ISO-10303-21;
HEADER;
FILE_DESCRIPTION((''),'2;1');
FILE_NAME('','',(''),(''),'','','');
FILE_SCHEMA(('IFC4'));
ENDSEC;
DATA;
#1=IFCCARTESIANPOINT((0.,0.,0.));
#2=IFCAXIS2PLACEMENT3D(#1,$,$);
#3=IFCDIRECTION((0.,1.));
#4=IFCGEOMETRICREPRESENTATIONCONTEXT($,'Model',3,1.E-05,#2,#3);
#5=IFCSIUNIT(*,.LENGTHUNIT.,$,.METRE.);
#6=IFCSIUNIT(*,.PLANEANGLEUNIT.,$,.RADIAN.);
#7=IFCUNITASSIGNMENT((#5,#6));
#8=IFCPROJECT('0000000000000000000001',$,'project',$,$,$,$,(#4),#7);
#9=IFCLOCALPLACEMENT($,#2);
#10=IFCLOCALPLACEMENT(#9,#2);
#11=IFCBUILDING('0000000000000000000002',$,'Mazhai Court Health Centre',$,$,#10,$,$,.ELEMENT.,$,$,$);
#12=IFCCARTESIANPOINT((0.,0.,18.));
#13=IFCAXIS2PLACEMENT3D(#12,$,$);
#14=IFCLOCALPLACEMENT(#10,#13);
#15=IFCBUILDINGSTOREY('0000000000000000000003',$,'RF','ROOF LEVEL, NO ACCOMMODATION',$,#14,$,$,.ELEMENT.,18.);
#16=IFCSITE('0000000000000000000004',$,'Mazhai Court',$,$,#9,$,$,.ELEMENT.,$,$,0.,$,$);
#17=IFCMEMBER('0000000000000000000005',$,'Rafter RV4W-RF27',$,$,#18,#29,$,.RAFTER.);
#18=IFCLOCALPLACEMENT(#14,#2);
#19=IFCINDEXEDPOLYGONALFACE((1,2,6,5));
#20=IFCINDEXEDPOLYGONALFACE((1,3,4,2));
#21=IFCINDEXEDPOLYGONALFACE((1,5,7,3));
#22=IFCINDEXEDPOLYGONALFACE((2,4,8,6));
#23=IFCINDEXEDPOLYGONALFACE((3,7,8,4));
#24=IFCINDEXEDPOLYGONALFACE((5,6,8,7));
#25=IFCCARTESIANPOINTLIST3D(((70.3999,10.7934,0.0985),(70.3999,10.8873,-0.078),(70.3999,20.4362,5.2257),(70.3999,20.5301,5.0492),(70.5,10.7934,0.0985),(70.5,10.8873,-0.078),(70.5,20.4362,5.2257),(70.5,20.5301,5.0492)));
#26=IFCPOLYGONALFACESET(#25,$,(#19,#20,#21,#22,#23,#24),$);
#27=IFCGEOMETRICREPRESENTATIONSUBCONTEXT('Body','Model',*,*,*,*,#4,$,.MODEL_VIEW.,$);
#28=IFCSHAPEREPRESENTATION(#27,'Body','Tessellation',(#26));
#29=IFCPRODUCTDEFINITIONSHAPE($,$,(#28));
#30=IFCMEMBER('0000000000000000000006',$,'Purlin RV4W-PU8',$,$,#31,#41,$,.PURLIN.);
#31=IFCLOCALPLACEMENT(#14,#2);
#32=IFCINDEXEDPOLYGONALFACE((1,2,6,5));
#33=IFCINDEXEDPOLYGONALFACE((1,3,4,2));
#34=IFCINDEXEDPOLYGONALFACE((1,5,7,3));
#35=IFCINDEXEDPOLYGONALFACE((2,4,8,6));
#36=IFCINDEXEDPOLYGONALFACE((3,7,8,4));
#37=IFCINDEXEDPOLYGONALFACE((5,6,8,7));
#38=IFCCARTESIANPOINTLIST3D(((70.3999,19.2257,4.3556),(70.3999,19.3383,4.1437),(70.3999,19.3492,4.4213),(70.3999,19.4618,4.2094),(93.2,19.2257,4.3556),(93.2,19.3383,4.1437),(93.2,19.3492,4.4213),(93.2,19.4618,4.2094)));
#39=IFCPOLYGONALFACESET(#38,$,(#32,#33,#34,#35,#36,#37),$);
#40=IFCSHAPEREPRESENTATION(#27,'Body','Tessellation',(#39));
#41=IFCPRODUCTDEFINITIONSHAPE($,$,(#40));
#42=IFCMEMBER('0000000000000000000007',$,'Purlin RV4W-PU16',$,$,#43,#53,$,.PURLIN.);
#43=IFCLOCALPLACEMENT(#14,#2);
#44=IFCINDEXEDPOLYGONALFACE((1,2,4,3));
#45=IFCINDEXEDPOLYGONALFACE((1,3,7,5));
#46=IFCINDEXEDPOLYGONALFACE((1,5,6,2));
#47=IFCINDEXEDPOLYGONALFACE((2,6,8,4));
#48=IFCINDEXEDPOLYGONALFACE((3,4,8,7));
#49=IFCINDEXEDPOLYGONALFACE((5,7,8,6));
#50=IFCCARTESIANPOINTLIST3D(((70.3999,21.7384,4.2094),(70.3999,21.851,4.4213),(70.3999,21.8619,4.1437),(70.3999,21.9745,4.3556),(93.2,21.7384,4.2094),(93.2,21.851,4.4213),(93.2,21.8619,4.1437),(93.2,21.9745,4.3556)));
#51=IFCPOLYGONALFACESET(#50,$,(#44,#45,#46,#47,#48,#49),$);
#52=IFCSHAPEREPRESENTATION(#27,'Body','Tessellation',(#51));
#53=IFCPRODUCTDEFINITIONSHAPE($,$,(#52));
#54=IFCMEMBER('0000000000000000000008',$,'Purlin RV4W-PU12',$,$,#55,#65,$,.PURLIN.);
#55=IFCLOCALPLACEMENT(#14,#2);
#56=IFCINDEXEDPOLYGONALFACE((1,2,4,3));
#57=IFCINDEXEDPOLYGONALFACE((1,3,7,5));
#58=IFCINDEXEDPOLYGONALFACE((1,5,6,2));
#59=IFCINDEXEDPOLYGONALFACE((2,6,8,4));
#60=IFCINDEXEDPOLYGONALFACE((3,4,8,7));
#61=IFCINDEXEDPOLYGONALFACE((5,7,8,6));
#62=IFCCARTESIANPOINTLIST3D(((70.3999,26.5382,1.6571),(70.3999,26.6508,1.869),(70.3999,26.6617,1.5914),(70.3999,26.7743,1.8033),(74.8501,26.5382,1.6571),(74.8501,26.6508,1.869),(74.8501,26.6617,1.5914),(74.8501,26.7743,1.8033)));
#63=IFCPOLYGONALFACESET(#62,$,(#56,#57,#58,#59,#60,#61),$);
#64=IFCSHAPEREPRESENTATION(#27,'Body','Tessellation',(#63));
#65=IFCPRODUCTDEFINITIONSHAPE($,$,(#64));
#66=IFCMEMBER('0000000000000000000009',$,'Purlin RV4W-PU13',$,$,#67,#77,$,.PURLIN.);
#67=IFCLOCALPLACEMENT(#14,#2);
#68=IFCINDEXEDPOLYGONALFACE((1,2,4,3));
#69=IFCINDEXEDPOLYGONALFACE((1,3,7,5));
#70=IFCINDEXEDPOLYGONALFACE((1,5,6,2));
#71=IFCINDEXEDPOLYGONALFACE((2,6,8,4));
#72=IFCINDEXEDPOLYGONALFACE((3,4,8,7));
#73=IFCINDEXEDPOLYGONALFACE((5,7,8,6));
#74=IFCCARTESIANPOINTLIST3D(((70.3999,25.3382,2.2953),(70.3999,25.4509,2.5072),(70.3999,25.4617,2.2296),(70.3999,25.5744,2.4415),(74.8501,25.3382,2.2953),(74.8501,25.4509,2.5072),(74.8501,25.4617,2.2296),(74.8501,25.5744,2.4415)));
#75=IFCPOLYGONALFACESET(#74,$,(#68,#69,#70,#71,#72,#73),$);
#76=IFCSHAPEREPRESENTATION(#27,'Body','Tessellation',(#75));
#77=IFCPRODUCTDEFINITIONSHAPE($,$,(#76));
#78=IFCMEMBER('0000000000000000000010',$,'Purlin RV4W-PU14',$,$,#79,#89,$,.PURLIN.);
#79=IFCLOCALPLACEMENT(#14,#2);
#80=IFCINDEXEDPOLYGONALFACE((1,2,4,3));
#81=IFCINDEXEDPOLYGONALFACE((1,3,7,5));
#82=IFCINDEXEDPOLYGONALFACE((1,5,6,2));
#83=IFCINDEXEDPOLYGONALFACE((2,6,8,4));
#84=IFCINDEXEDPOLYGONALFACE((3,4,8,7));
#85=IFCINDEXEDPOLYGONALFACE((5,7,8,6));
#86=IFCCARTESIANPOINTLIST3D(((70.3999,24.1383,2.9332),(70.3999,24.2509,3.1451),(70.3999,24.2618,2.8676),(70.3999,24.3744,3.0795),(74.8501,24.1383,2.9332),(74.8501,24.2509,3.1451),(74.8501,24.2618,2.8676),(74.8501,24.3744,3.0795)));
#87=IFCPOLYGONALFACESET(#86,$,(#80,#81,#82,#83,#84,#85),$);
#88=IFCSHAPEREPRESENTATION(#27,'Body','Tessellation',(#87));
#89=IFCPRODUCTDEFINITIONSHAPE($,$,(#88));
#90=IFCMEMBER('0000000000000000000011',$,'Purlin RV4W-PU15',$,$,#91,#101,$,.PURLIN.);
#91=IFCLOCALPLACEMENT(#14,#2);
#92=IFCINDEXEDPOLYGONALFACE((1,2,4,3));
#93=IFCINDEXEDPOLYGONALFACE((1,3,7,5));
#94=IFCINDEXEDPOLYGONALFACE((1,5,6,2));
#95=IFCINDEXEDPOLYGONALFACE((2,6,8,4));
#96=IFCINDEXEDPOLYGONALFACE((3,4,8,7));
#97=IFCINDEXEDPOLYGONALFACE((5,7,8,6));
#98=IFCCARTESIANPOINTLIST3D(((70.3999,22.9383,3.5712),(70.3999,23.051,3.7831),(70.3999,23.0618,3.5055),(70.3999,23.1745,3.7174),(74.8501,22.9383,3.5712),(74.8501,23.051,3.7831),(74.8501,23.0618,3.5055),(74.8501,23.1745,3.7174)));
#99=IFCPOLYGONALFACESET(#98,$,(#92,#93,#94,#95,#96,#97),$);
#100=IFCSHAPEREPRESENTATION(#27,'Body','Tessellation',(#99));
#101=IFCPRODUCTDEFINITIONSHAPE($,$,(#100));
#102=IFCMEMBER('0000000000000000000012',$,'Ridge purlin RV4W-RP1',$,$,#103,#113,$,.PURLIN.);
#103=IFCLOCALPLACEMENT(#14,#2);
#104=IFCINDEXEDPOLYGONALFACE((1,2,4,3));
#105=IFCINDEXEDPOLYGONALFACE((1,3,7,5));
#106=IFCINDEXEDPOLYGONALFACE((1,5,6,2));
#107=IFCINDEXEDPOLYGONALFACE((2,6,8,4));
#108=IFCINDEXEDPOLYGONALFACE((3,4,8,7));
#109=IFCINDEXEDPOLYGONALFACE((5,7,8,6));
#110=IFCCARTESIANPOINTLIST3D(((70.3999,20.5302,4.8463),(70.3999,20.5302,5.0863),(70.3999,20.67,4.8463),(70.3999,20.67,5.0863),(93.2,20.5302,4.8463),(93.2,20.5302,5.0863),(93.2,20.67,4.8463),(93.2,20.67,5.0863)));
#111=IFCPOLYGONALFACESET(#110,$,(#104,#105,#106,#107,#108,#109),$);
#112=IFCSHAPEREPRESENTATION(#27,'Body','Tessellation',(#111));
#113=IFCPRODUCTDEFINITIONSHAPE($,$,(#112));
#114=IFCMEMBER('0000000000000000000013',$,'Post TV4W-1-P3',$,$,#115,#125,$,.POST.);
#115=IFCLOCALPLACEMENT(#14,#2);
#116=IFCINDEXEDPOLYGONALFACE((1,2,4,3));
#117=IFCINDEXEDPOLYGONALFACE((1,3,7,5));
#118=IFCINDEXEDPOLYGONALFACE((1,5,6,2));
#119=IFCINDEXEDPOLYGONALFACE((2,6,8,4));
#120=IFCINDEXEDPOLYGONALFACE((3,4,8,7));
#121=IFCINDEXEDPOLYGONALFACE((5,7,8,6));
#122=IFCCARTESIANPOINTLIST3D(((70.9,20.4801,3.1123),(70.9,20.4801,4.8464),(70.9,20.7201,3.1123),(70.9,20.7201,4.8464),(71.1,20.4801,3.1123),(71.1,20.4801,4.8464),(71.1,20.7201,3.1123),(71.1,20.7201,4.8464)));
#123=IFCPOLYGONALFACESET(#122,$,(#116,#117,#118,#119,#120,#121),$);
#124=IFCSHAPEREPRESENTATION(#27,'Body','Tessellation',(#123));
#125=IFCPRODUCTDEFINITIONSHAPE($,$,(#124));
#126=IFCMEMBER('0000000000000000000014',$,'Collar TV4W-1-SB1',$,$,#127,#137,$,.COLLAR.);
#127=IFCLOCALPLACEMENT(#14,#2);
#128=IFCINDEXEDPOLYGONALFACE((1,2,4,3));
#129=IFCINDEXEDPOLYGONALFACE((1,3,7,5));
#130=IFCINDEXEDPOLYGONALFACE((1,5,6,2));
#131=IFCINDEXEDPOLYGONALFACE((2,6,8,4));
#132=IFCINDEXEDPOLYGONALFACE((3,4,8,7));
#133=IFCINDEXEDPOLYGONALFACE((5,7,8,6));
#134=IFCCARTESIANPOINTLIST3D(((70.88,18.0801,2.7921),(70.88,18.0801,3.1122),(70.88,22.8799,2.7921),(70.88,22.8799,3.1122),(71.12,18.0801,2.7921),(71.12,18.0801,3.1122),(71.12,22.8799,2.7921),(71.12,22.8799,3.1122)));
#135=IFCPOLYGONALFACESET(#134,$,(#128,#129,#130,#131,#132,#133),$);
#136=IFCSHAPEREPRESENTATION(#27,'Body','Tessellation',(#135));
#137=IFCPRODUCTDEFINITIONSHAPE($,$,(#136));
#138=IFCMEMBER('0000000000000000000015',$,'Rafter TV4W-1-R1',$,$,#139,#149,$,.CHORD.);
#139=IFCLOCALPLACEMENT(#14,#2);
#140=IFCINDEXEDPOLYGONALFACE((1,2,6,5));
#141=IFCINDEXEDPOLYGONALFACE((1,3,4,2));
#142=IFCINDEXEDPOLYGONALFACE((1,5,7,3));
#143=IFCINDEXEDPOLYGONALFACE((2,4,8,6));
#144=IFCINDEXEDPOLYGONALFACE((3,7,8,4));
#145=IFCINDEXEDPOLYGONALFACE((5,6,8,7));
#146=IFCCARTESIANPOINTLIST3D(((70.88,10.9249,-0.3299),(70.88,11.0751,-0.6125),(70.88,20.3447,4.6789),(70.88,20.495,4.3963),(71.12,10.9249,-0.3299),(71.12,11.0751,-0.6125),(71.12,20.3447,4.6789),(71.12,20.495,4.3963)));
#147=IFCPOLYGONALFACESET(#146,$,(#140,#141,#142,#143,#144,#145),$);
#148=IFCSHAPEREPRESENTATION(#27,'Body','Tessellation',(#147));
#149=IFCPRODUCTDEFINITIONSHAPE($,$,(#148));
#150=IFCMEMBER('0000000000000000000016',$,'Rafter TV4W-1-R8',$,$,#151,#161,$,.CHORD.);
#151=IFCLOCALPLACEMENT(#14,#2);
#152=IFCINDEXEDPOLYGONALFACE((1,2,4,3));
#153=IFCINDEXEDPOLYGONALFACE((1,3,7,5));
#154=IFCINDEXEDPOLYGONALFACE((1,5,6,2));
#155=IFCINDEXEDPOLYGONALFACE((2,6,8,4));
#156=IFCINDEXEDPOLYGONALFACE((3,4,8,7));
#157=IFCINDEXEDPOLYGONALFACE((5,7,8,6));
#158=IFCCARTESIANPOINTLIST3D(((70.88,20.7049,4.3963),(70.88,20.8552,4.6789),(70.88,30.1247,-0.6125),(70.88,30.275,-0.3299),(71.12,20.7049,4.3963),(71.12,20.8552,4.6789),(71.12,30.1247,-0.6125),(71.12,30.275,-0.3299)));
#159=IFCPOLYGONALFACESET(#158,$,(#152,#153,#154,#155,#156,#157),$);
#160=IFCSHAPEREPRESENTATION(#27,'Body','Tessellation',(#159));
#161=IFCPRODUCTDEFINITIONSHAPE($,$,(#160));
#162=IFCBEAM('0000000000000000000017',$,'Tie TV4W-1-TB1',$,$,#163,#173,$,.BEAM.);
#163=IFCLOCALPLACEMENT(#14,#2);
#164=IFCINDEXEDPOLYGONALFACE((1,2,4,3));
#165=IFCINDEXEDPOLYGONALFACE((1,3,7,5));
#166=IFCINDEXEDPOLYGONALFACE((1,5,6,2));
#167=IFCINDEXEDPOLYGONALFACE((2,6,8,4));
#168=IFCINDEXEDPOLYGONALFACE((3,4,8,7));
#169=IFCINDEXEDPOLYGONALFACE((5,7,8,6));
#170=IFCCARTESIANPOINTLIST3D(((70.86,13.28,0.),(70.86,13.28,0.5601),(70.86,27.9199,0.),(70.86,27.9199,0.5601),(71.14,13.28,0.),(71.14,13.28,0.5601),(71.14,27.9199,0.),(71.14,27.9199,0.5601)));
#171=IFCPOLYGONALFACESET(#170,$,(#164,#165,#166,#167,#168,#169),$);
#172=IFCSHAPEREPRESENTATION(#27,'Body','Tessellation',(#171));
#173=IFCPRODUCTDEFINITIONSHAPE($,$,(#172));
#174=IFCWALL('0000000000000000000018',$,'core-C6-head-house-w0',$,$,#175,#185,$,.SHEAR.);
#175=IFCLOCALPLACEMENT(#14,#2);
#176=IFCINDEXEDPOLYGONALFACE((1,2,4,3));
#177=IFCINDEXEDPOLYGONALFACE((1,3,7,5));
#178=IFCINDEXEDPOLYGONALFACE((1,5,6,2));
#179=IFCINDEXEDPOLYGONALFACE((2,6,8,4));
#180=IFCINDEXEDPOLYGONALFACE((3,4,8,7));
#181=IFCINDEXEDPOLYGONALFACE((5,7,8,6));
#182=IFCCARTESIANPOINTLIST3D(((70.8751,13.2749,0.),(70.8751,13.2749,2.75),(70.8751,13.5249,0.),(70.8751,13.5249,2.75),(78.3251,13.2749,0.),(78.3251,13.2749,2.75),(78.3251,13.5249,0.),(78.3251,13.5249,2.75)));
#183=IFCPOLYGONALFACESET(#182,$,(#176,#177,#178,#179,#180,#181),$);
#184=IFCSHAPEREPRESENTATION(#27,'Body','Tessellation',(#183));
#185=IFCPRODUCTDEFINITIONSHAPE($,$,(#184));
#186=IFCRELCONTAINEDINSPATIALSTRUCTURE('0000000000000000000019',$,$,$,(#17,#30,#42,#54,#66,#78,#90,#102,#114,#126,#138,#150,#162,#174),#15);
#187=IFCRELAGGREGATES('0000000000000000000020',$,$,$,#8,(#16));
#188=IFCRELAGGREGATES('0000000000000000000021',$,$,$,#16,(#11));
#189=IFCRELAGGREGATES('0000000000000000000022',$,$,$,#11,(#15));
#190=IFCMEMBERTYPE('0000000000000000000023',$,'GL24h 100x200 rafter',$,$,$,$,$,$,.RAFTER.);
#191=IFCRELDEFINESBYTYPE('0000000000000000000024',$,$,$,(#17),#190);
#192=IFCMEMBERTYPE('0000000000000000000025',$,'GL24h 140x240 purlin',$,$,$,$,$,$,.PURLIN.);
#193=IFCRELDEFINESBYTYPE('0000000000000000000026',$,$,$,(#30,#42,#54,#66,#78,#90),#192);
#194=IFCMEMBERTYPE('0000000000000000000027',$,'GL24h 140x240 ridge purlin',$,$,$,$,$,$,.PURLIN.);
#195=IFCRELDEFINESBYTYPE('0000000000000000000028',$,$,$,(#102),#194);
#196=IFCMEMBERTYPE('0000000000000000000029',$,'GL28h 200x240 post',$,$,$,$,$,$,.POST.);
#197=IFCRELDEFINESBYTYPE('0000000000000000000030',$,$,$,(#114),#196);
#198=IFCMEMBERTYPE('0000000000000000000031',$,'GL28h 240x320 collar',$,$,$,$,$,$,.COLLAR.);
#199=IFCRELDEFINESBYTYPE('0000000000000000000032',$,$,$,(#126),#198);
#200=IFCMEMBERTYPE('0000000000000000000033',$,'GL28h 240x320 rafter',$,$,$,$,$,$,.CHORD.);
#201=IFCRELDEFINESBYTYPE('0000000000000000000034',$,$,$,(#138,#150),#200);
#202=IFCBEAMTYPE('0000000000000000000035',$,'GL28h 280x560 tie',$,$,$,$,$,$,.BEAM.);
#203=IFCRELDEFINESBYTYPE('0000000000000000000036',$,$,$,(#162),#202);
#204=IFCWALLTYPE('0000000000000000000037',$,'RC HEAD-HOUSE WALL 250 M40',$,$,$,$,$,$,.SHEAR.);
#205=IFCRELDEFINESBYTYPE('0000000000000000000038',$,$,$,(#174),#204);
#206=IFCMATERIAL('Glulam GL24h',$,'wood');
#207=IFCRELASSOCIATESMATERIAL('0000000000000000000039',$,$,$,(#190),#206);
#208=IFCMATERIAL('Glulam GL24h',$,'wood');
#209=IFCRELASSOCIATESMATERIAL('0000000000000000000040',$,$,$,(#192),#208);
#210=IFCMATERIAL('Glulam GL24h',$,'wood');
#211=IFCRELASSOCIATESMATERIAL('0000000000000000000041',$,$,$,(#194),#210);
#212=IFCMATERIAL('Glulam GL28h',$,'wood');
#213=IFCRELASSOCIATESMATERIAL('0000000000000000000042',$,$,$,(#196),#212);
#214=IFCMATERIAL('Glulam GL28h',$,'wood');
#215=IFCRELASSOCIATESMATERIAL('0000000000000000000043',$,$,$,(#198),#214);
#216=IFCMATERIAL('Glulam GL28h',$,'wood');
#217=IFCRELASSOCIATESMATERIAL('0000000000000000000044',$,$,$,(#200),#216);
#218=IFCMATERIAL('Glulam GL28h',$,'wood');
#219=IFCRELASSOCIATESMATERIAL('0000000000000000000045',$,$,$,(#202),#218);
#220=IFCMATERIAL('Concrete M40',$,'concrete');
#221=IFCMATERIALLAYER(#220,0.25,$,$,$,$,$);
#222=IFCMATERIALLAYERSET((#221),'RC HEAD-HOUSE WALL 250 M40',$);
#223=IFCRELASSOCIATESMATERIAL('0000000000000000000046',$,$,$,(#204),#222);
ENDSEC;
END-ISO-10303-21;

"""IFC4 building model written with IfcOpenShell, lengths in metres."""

from ifc_helpers import new_model, si_unit, direction, frame, frame_2d, origin, origin_2d, place, context, subcontext, project, spatial, rectangle, extrude, material, layer, layer_set, material_profile, profile_set, type_object, element, save


model = new_model("IFC4")

# Units and contexts
model_context = context("Model", 3, precision=1e-05, world=origin(), true_north=direction((0.0, 1.0)))
body_context = subcontext(model_context, "Body", "Model", "MODEL_VIEW")
ifc_project = project(units=[si_unit("LENGTHUNIT", "METRE"), si_unit("PLANEANGLEUNIT", "RADIAN")], contexts=[model_context])

# Site, building, storey
site_placement = place(None, origin())
site = spatial("IfcSite", under=ifc_project, at=site_placement, Name="Mazhai Court", CompositionType="ELEMENT", RefElevation=0.0)
building_placement = place(site_placement, origin())
building = spatial("IfcBuilding", under=site, at=building_placement, Name="Mazhai Court Health Centre", CompositionType="ELEMENT")
storey_placement = place(building_placement, frame((0.0, 0.0, 18.0)))
storey = spatial("IfcBuildingStorey", under=building, at=storey_placement, Name="RF", Description="ROOF LEVEL, NO ACCOMMODATION", CompositionType="ELEMENT", Elevation=18.0)

# Members
ifc_material_1 = material(Name="Glulam GL24h", Category="wood")
ifc_material_profile_1 = material_profile(ifc_material_1, rectangle(XDim=0.1001, YDim=0.2, at=origin_2d()), Name="GL24h 100x200")
ifc_profile_set_1 = profile_set([ifc_material_profile_1], Name="Glulam GL24h")
member_type_1 = type_object("IfcMemberType", Name="GL24h 100x200 rafter", PredefinedType="RAFTER", material=ifc_profile_set_1)
member_1_placement = place(storey_placement, frame((70.45, 10.8403, 0.0103), z_axis=(0.0, 0.882947, 0.469473), x_axis=(-1.0, 0.0, 0.0)))
element("IfcMember", 1, at=member_1_placement, inside=storey, type_object=member_type_1, Name="Rafter RV4W-RF27", PredefinedType="RAFTER", context=body_context, shape_type="SweptSolid", body=[
    extrude(rectangle(XDim=0.1001, YDim=0.2, at=origin_2d()), origin(), (0.0, 0.0, 1.0), 10.9211),
])
ifc_material_2 = material(Name="Glulam GL24h", Category="wood")
ifc_material_profile_2 = material_profile(ifc_material_2, rectangle(XDim=0.1399, YDim=0.24, at=origin_2d()), Name="GL24h 140x240")
ifc_profile_set_2 = profile_set([ifc_material_profile_2], Name="Glulam GL24h")
member_type_2 = type_object("IfcMemberType", Name="GL24h 140x240 purlin", PredefinedType="PURLIN", material=ifc_profile_set_2)
for number, where, z_axis, x_axis, name in (
    (2, (70.3999, 19.3438, 4.2825), (1.0, 0.0, 0.0), (0.0, 0.882948, 0.469472), "Purlin RV4W-PU8"),
    (3, (70.3999, 21.8564, 4.2825), (1.0, 0.0, 0.0), (0.0, 0.882948, -0.469472), "Purlin RV4W-PU16"),
):
    element("IfcMember", number, at=place(storey_placement, frame(where, z_axis=z_axis, x_axis=x_axis)), inside=storey, type_object=member_type_2, Name=name, PredefinedType="PURLIN", context=body_context, shape_type="SweptSolid", body=[
        extrude(rectangle(XDim=0.1399, YDim=0.24, at=origin_2d()), origin(), (0.0, 0.0, 1.0), 22.8),
    ])
for number, where, z_axis, x_axis, name in (
    (4, (70.3999, 26.6562, 1.7302), (1.0, 0.0, 0.0), (0.0, 0.882948, -0.469472), "Purlin RV4W-PU12"),
    (5, (70.3999, 25.4563, 2.3684), (1.0, 0.0, 0.0), (0.0, 0.882948, -0.469472), "Purlin RV4W-PU13"),
    (6, (70.3999, 24.2563, 3.0063), (1.0, 0.0, 0.0), (0.0, 0.882948, -0.469472), "Purlin RV4W-PU14"),
    (7, (70.3999, 23.0564, 3.6443), (1.0, 0.0, 0.0), (0.0, 0.882948, -0.469472), "Purlin RV4W-PU15"),
):
    element("IfcMember", number, at=place(storey_placement, frame(where, z_axis=z_axis, x_axis=x_axis)), inside=storey, type_object=member_type_2, Name=name, PredefinedType="PURLIN", context=body_context, shape_type="SweptSolid", body=[
        extrude(rectangle(XDim=0.1399, YDim=0.24, at=origin_2d()), origin(), (0.0, 0.0, 1.0), 4.4502),
    ])
ifc_material_3 = material(Name="Glulam GL24h", Category="wood")
ifc_material_profile_3 = material_profile(ifc_material_3, rectangle(XDim=0.1399, YDim=0.24, at=origin_2d()), Name="GL24h 140x240")
ifc_profile_set_3 = profile_set([ifc_material_profile_3], Name="Glulam GL24h")
member_type_3 = type_object("IfcMemberType", Name="GL24h 140x240 ridge purlin", PredefinedType="PURLIN", material=ifc_profile_set_3)
member_2_placement = place(storey_placement, frame((70.3999, 20.6001, 4.9663), z_axis=(1.0, 0.0, 0.0), x_axis=(0.0, 1.0, 0.0)))
element("IfcMember", 8, at=member_2_placement, inside=storey, type_object=member_type_3, Name="Ridge purlin RV4W-RP1", PredefinedType="PURLIN", context=body_context, shape_type="SweptSolid", body=[
    extrude(rectangle(XDim=0.1399, YDim=0.24, at=origin_2d()), origin(), (0.0, 0.0, 1.0), 22.8),
])
ifc_material_4 = material(Name="Glulam GL28h", Category="wood")
ifc_material_profile_4 = material_profile(ifc_material_4, rectangle(XDim=0.2, YDim=0.24, at=origin_2d()), Name="GL28h 200x240")
ifc_profile_set_4 = profile_set([ifc_material_profile_4], Name="Glulam GL28h")
member_type_4 = type_object("IfcMemberType", Name="GL28h 200x240 post", PredefinedType="POST", material=ifc_profile_set_4)
member_3_placement = place(storey_placement, frame((71.0, 20.6001, 3.1123), z_axis=(0.0, 0.0, 1.0), x_axis=(1.0, 0.0, 0.0)))
element("IfcMember", 9, at=member_3_placement, inside=storey, type_object=member_type_4, Name="Post TV4W-1-P3", PredefinedType="POST", context=body_context, shape_type="SweptSolid", body=[
    extrude(rectangle(XDim=0.2, YDim=0.24, at=origin_2d()), origin(), (0.0, 0.0, 1.0), 1.7341),
])
ifc_material_5 = material(Name="Glulam GL28h", Category="wood")
ifc_material_profile_5 = material_profile(ifc_material_5, rectangle(XDim=0.24, YDim=0.3201, at=origin_2d()), Name="GL28h 240x320")
ifc_profile_set_5 = profile_set([ifc_material_profile_5], Name="Glulam GL28h")
member_type_5 = type_object("IfcMemberType", Name="GL28h 240x320 collar", PredefinedType="COLLAR", material=ifc_profile_set_5)
member_4_placement = place(storey_placement, frame((71.0, 18.0801, 2.9521), z_axis=(0.0, 1.0, 0.0), x_axis=(-1.0, 0.0, 0.0)))
element("IfcMember", 10, at=member_4_placement, inside=storey, type_object=member_type_5, Name="Collar TV4W-1-SB1", PredefinedType="COLLAR", context=body_context, shape_type="SweptSolid", body=[
    extrude(rectangle(XDim=0.24, YDim=0.3201, at=origin_2d()), origin(), (0.0, 0.0, 1.0), 4.7998),
])
ifc_material_6 = material(Name="Glulam GL28h", Category="wood")
ifc_material_profile_6 = material_profile(ifc_material_6, rectangle(XDim=0.24, YDim=0.3201, at=origin_2d()), Name="GL28h 240x320")
ifc_profile_set_6 = profile_set([ifc_material_profile_6], Name="Glulam GL28h")
member_type_6 = type_object("IfcMemberType", Name="GL28h 240x320 rafter", PredefinedType="CHORD", material=ifc_profile_set_6)
for number, where, z_axis, x_axis, name in (
    (11, (71.0, 11.0, -0.4712), (0.0, 0.882943, 0.469481), (-1.0, 0.0, 0.0), "Rafter TV4W-1-R1"),
    (12, (71.0, 20.78, 4.5376), (0.0, 0.882943, -0.469481), (-1.0, 0.0, 0.0), "Rafter TV4W-1-R8"),
):
    element("IfcMember", number, at=place(storey_placement, frame(where, z_axis=z_axis, x_axis=x_axis)), inside=storey, type_object=member_type_6, Name=name, PredefinedType="CHORD", context=body_context, shape_type="SweptSolid", body=[
        extrude(rectangle(XDim=0.24, YDim=0.3201, at=origin_2d()), origin(), (0.0, 0.0, 1.0), 10.6687),
    ])

# Beam
ifc_material_7 = material(Name="Glulam GL28h", Category="wood")
ifc_material_profile_7 = material_profile(ifc_material_7, rectangle(XDim=0.28, YDim=0.5601, at=origin_2d()), Name="GL28h 280x560")
ifc_profile_set_7 = profile_set([ifc_material_profile_7], Name="Glulam GL28h")
beam_type = type_object("IfcBeamType", Name="GL28h 280x560 tie", PredefinedType="BEAM", material=ifc_profile_set_7)
beam_placement = place(storey_placement, frame((71.0, 13.28, 0.28), z_axis=(0.0, 1.0, 0.0), x_axis=(-1.0, 0.0, 0.0)))
element("IfcBeam", 13, at=beam_placement, inside=storey, type_object=beam_type, Name="Tie TV4W-1-TB1", PredefinedType="BEAM", context=body_context, shape_type="SweptSolid", body=[
    extrude(rectangle(XDim=0.28, YDim=0.5601, at=origin_2d()), origin(), (0.0, 0.0, 1.0), 14.6399),
])

# Wall
ifc_material_8 = material(Name="Concrete M40", Category="concrete")
ifc_layer_1 = layer(ifc_material_8, 0.25)
ifc_layer_set_1 = layer_set([ifc_layer_1], Name="RC HEAD-HOUSE WALL 250 M40")
wall_type_1 = type_object("IfcWallType", Name="RC HEAD-HOUSE WALL 250 M40", PredefinedType="SHEAR", material=ifc_layer_set_1)
for number, where, z_axis, x_axis, name in (
    (14, (70.875, 13.3999, 0.0), (0.0, 0.0, 1.0), (1.0, 0.0, 0.0), "core-C6-head-house-w0"),
):
    element("IfcWall", number, at=place(storey_placement, frame(where, z_axis=z_axis, x_axis=x_axis)), inside=storey, type_object=wall_type_1, Name=name, PredefinedType="SHEAR", context=body_context, shape_type="SweptSolid", body=[
        extrude(rectangle(XDim=7.45, YDim=0.25, at=frame_2d((3.7251, 0.0))), origin(), (0.0, 0.0, 1.0), 2.75),
    ])

save(model, "model.ifc")
